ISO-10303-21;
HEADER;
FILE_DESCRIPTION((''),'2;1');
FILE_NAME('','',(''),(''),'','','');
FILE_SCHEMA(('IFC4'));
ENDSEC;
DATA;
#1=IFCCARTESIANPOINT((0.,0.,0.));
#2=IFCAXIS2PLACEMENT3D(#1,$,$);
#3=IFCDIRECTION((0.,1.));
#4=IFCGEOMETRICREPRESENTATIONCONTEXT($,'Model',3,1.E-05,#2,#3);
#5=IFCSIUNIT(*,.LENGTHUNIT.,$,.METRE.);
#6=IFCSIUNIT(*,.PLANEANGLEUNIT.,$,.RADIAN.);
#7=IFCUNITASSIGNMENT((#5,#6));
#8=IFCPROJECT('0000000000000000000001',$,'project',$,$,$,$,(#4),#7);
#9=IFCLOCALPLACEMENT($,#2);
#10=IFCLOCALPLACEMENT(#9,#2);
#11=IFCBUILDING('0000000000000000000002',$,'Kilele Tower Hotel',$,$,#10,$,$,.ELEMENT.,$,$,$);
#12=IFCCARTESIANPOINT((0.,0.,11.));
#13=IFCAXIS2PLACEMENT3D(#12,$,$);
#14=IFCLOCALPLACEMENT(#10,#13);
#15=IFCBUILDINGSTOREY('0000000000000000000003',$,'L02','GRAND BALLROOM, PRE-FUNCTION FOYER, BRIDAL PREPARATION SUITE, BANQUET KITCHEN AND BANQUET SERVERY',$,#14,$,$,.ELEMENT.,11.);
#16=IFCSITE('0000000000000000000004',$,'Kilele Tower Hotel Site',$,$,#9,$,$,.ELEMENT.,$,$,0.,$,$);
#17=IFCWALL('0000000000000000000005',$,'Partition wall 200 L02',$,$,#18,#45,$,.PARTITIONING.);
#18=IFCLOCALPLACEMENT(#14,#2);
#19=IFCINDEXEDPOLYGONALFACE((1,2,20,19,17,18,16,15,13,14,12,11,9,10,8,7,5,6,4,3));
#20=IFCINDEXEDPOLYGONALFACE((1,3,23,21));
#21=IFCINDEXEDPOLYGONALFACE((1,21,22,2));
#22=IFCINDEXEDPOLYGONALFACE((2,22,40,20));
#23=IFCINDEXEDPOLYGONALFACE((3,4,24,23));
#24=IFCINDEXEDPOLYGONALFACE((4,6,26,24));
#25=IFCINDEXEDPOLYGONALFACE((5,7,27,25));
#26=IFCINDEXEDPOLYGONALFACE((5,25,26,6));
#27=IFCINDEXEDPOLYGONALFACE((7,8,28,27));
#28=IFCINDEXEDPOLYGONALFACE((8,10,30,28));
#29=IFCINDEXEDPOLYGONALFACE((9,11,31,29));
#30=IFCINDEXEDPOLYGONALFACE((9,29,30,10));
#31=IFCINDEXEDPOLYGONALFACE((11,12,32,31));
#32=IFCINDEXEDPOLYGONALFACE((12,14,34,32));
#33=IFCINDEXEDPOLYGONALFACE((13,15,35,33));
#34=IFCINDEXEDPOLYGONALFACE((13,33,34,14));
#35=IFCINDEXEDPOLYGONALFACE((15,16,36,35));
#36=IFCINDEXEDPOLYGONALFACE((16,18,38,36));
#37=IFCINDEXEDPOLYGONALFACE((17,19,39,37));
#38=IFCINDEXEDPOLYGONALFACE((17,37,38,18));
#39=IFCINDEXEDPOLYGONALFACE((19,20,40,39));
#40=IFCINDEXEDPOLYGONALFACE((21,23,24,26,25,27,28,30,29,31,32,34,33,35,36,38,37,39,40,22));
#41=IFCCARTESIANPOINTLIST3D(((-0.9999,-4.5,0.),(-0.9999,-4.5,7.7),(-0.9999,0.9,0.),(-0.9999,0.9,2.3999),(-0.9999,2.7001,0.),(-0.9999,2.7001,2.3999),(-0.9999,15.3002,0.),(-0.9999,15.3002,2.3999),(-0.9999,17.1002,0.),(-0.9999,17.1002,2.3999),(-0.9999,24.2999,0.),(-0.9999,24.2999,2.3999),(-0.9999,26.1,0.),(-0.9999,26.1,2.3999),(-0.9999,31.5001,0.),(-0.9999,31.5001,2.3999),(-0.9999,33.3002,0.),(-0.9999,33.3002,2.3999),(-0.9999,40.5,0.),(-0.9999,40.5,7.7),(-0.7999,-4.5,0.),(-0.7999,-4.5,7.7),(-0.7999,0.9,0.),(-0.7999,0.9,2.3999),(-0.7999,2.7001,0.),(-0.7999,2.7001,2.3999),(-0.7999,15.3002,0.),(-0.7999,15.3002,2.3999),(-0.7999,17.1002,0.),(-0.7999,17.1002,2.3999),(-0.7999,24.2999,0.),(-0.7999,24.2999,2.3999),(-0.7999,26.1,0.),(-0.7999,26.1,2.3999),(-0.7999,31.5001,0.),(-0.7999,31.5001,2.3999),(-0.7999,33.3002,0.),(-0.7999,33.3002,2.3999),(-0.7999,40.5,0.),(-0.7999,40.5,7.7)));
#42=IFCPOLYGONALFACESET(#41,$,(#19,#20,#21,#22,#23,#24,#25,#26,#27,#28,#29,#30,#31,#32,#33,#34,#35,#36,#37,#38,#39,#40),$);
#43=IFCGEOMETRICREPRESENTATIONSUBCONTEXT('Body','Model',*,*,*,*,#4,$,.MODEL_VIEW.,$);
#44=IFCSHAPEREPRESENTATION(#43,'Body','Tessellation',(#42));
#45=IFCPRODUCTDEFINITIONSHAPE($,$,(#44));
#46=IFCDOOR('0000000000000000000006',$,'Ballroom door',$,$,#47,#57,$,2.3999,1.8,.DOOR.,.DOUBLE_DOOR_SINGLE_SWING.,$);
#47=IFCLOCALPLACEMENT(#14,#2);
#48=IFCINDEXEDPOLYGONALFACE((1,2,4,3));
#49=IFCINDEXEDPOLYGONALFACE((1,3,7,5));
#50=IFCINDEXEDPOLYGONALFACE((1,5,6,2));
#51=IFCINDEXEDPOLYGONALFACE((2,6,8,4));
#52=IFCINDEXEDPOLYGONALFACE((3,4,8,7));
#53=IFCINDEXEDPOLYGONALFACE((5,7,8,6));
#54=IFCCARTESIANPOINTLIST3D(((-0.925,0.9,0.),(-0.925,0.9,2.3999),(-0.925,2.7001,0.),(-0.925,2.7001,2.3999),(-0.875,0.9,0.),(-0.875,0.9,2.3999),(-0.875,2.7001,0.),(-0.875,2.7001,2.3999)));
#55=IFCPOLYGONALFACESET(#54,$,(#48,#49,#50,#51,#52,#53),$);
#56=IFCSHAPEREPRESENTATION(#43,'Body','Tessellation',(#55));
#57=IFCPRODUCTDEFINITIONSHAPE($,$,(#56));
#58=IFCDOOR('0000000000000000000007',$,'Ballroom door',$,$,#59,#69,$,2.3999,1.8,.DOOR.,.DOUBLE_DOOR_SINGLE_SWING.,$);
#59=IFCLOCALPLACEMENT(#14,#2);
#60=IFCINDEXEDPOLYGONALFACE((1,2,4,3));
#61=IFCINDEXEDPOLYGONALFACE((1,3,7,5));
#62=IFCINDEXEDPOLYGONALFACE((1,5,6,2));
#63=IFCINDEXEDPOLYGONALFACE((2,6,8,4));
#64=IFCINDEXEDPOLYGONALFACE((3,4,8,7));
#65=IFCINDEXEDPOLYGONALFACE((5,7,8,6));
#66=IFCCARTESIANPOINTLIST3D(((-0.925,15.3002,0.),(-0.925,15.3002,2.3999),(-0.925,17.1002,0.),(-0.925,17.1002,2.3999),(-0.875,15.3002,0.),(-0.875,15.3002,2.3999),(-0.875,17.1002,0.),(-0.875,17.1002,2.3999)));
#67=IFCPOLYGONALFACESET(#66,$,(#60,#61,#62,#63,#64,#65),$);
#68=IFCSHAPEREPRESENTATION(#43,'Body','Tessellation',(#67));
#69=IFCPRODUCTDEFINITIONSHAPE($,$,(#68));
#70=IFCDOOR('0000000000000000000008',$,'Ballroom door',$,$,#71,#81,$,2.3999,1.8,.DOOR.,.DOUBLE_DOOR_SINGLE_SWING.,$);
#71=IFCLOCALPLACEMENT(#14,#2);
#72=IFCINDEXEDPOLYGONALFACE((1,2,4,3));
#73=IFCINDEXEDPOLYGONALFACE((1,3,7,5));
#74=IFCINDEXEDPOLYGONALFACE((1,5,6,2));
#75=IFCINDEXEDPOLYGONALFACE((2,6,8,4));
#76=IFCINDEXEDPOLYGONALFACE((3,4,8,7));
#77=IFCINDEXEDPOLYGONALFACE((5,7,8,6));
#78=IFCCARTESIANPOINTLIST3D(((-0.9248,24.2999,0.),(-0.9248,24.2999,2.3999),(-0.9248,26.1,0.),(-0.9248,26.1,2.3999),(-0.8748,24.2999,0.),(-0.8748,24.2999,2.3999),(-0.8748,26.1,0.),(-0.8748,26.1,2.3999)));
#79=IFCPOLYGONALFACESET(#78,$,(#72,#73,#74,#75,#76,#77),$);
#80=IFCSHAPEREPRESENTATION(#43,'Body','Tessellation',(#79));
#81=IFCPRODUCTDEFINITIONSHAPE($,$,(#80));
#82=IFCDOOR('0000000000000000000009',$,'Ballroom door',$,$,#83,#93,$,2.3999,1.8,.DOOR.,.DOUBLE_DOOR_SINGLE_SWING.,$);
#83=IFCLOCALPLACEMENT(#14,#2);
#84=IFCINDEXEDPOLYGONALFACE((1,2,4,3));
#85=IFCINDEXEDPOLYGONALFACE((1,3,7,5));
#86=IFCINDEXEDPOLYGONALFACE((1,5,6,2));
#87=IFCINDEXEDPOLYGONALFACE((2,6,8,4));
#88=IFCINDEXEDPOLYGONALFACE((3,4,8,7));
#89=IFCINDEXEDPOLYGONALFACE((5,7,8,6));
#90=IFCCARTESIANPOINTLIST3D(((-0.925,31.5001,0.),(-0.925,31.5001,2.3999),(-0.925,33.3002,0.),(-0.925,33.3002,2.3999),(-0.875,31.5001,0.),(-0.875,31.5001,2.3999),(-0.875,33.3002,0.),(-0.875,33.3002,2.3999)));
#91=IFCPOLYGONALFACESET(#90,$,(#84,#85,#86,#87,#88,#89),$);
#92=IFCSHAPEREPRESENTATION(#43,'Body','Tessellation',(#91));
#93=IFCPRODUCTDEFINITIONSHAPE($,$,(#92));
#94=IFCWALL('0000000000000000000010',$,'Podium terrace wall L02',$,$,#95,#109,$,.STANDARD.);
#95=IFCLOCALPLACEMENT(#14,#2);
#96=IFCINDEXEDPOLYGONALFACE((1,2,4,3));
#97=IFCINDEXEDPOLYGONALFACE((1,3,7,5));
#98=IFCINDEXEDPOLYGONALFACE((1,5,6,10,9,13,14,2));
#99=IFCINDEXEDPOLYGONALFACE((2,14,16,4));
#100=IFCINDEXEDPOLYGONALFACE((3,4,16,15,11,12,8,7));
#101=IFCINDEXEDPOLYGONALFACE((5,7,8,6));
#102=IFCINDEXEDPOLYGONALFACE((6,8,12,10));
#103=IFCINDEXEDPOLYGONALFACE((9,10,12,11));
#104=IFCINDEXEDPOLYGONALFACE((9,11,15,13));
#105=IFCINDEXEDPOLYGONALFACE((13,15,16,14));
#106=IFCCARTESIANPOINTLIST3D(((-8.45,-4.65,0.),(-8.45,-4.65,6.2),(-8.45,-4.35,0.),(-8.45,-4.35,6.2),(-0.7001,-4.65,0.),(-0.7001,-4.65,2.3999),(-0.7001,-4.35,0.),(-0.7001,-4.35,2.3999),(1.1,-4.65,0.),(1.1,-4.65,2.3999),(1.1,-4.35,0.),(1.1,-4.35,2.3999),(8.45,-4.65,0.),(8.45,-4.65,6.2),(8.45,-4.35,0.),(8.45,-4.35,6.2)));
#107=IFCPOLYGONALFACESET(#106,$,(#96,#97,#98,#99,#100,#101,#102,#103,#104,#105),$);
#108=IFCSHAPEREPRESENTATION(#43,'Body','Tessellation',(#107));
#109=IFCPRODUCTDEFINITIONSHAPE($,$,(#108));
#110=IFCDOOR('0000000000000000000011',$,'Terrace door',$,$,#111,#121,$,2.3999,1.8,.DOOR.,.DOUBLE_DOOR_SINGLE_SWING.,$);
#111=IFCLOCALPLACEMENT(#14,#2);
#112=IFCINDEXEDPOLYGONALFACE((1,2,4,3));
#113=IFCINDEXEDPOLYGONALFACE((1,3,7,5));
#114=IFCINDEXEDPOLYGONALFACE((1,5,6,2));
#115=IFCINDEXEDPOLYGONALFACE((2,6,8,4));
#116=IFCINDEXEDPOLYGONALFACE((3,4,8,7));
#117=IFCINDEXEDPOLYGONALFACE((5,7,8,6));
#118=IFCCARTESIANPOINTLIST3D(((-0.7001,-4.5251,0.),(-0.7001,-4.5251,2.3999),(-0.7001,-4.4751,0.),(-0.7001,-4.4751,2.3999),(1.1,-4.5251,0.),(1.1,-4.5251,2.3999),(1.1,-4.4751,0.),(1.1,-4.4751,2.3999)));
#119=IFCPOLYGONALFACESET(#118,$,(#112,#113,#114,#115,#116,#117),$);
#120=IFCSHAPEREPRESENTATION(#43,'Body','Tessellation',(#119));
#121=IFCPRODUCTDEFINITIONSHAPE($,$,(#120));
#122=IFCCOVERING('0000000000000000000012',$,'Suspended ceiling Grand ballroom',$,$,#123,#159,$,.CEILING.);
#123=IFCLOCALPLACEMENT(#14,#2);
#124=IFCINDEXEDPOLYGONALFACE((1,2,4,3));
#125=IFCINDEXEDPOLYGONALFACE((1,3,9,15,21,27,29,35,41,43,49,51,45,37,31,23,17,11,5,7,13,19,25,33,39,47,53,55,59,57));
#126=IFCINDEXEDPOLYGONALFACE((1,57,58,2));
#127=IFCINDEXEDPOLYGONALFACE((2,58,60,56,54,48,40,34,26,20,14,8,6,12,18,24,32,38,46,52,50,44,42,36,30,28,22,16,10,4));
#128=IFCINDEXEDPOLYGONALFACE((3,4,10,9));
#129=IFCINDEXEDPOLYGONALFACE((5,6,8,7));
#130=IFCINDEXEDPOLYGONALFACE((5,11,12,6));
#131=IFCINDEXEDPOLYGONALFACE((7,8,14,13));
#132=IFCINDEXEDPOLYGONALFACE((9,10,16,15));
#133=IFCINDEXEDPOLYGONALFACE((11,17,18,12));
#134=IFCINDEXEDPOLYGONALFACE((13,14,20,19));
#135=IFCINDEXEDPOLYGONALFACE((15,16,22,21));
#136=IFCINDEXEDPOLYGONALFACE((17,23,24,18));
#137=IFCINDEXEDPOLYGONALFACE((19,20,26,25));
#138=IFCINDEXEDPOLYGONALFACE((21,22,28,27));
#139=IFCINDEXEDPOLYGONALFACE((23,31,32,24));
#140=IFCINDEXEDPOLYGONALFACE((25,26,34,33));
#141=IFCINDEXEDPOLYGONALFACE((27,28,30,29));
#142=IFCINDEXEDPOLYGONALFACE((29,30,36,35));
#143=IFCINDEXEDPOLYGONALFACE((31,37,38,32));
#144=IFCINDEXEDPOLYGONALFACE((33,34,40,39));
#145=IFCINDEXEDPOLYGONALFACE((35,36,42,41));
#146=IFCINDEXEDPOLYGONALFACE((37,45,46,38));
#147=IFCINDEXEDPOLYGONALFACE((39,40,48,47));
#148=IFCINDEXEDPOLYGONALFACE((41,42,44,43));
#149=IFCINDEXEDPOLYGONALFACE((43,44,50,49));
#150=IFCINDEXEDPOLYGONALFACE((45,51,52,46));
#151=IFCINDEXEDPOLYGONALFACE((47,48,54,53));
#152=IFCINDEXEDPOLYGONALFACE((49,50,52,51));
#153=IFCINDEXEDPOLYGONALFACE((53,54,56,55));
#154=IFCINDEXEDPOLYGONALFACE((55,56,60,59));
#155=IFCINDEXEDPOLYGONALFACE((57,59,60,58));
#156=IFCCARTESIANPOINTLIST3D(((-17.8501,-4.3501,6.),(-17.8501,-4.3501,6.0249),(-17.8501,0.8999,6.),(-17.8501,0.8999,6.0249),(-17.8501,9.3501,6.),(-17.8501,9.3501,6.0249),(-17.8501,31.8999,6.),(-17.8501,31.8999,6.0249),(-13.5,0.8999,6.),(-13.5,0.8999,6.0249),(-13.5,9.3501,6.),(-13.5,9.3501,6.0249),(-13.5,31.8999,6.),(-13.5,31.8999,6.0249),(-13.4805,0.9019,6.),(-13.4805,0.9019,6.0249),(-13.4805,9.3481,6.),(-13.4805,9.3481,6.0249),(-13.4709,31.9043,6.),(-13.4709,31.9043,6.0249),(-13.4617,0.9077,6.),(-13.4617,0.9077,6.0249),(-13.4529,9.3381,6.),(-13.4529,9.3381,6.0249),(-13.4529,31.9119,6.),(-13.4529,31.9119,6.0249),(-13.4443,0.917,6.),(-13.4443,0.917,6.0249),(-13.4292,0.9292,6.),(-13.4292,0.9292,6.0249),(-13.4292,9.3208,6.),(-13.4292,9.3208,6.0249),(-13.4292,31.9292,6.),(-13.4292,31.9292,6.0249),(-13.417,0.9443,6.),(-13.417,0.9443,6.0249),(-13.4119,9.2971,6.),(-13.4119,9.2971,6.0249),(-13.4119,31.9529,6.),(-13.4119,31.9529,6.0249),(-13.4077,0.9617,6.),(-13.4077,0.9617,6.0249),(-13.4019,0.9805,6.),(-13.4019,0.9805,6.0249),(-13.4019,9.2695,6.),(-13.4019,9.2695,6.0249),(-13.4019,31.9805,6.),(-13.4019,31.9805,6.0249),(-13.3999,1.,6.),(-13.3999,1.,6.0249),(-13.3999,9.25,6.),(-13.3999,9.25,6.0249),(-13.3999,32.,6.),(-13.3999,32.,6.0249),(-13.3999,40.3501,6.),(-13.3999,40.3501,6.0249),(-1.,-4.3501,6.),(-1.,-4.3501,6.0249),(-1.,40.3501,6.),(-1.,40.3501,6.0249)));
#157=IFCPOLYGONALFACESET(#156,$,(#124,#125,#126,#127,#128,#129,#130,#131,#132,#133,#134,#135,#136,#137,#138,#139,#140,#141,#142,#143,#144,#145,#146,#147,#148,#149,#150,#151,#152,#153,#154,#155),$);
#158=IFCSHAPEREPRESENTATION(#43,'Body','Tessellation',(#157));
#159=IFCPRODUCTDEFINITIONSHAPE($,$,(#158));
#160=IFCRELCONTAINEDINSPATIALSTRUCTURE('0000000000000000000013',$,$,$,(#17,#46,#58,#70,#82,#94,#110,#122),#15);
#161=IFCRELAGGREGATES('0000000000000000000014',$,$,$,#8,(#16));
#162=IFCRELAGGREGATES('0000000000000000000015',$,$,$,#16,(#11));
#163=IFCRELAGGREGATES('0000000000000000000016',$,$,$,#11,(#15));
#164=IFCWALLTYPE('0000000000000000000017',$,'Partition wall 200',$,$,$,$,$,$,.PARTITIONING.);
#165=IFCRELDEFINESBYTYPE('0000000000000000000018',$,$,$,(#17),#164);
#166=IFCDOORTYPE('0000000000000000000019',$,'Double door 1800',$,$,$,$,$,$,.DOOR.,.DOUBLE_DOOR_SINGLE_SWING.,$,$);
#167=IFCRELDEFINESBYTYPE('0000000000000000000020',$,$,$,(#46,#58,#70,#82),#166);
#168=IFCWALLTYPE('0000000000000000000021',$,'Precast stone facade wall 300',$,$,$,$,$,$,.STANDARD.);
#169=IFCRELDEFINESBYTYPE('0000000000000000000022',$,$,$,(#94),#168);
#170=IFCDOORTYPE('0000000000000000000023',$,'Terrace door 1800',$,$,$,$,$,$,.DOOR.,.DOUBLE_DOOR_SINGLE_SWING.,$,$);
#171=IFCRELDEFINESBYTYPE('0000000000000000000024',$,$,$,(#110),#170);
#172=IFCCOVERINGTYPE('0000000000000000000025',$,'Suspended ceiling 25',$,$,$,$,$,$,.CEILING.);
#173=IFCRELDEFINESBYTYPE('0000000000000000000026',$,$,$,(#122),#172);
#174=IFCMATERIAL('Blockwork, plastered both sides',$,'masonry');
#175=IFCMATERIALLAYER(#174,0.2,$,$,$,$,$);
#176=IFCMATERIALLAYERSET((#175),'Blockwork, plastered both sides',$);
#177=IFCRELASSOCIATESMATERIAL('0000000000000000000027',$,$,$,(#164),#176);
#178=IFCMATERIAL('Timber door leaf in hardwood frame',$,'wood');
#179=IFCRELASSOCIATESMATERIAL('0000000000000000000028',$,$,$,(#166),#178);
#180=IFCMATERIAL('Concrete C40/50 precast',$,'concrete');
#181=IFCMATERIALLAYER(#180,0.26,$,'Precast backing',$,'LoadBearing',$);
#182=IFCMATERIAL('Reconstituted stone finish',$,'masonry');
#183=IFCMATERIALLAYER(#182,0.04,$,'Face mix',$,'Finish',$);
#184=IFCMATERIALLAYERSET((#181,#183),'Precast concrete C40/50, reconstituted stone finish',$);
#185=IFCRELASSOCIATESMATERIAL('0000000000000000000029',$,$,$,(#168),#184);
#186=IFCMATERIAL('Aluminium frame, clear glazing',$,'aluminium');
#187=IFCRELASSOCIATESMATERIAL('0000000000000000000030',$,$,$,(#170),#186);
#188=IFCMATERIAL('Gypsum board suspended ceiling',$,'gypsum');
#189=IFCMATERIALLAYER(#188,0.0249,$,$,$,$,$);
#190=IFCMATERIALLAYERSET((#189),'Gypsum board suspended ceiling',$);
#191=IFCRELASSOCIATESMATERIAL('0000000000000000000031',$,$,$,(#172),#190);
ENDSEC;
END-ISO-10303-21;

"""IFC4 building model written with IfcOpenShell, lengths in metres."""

from ifc_helpers import new_model, si_unit, direction, frame, frame_2d, origin, place, context, subcontext, project, spatial, polyline, rectangle, outline, extrude, material, layer, layer_set, type_object, element, fill, save


model = new_model("IFC4")

# Units and contexts
model_context = context("Model", 3, precision=1e-05, world=origin(), true_north=direction((0.0, 1.0)))
body_context = subcontext(model_context, "Body", "Model", "MODEL_VIEW")
ifc_project = project(units=[si_unit("LENGTHUNIT", "METRE"), si_unit("PLANEANGLEUNIT", "RADIAN")], contexts=[model_context])

# Site, building, storey
site_placement = place(None, origin())
site = spatial("IfcSite", under=ifc_project, at=site_placement, Name="Kilele Tower Hotel Site", CompositionType="ELEMENT", RefElevation=0.0)
building_placement = place(site_placement, origin())
building = spatial("IfcBuilding", under=site, at=building_placement, Name="Kilele Tower Hotel", CompositionType="ELEMENT")
storey_placement = place(building_placement, frame((0.0, 0.0, 11.0)))
storey = spatial("IfcBuildingStorey", under=building, at=storey_placement, Name="L02", Description="GRAND BALLROOM, PRE-FUNCTION FOYER, BRIDAL PREPARATION SUITE, BANQUET KITCHEN AND BANQUET SERVERY", CompositionType="ELEMENT", Elevation=11.0)

# Wall, openings, doors
ifc_material_1 = material(Name="Blockwork, plastered both sides", Category="masonry")
ifc_layer_1 = layer(ifc_material_1, 0.2)
ifc_layer_set_1 = layer_set([ifc_layer_1], Name="Blockwork, plastered both sides")
wall_type_1 = type_object("IfcWallType", Name="Partition wall 200", PredefinedType="PARTITIONING", material=ifc_layer_set_1)
wall_1_placement = place(storey_placement, frame((-0.8999, -4.5, 0.0), z_axis=(0.0, 0.0, 1.0), x_axis=(0.0, 1.0, 0.0)))
wall_1 = element("IfcWall", 1, at=wall_1_placement, inside=storey, type_object=wall_type_1, Name="Partition wall 200 L02", PredefinedType="PARTITIONING", context=body_context, shape_type="SweptSolid", body=[
    extrude(rectangle(XDim=45.0, YDim=0.2, at=frame_2d((22.5, 0.0))), origin(), (0.0, 0.0, 1.0), 7.7),
])
opening_1_placement = place(wall_1_placement, frame((7.2, 0.0, 0.0), z_axis=(0.0, 0.0, 1.0), x_axis=(-1.0, 0.0, 0.0)))
opening_1 = element("IfcOpeningElement", 2, at=opening_1_placement, cuts=wall_1, PredefinedType="OPENING", context=body_context, shape_type="SweptSolid", body=[
    extrude(rectangle(XDim=1.8, YDim=2.3999, at=frame_2d((0.8999, 1.2))), frame((0.0, 0.1099, 0.0), z_axis=(0.0, -1.0, 0.0), x_axis=(1.0, 0.0, 0.0)), (0.0, 0.0, 1.0), 0.22),
])
opening_2_placement = place(wall_1_placement, frame((21.6001, 0.0, 0.0), z_axis=(0.0, 0.0, 1.0), x_axis=(-1.0, 0.0, 0.0)))
opening_2 = element("IfcOpeningElement", 3, at=opening_2_placement, cuts=wall_1, PredefinedType="OPENING", context=body_context, shape_type="SweptSolid", body=[
    extrude(rectangle(XDim=1.8, YDim=2.3999, at=frame_2d((0.8999, 1.2))), frame((0.0, 0.1099, 0.0), z_axis=(0.0, -1.0, 0.0), x_axis=(1.0, 0.0, 0.0)), (0.0, 0.0, 1.0), 0.22),
])
opening_3_placement = place(wall_1_placement, frame((28.8, 0.0, 0.0)))
opening_3 = element("IfcOpeningElement", 4, at=opening_3_placement, cuts=wall_1, PredefinedType="OPENING", context=body_context, shape_type="SweptSolid", body=[
    extrude(rectangle(XDim=1.8, YDim=2.3999, at=frame_2d((0.8999, 1.2))), frame((0.0, 0.1099, 0.0), z_axis=(0.0, -1.0, 0.0), x_axis=(1.0, 0.0, 0.0)), (0.0, 0.0, 1.0), 0.22),
])
opening_4_placement = place(wall_1_placement, frame((37.8, 0.0, 0.0), z_axis=(0.0, 0.0, 1.0), x_axis=(-1.0, 0.0, 0.0)))
opening_4 = element("IfcOpeningElement", 5, at=opening_4_placement, cuts=wall_1, PredefinedType="OPENING", context=body_context, shape_type="SweptSolid", body=[
    extrude(rectangle(XDim=1.8, YDim=2.3999, at=frame_2d((0.8999, 1.2))), frame((0.0, 0.1099, 0.0), z_axis=(0.0, -1.0, 0.0), x_axis=(1.0, 0.0, 0.0)), (0.0, 0.0, 1.0), 0.22),
])
ifc_material_2 = material(Name="Timber door leaf in hardwood frame", Category="wood")
door_type_1 = type_object("IfcDoorType", Name="Double door 1800", OperationType="DOUBLE_DOOR_SINGLE_SWING", PredefinedType="DOOR", material=ifc_material_2)
door_1_placement = place(opening_1_placement, origin())
door_1 = element("IfcDoor", 6, at=door_1_placement, inside=storey, type_object=door_type_1, Name="Ballroom door", OperationType="DOUBLE_DOOR_SINGLE_SWING", OverallHeight=2.3999, OverallWidth=1.8, PredefinedType="DOOR", context=body_context, shape_type="SweptSolid", body=[
    extrude(rectangle(XDim=1.8, YDim=2.3999, at=frame_2d((0.8999, 1.2))), frame((0.0, 0.0249, 0.0), z_axis=(0.0, -1.0, 0.0), x_axis=(1.0, 0.0, 0.0)), (0.0, 0.0, 1.0), 0.05),
])
fill(opening_1, door_1)
door_2_placement = place(opening_2_placement, origin())
door_2 = element("IfcDoor", 7, at=door_2_placement, inside=storey, type_object=door_type_1, Name="Ballroom door", OperationType="DOUBLE_DOOR_SINGLE_SWING", OverallHeight=2.3999, OverallWidth=1.8, PredefinedType="DOOR", context=body_context, shape_type="SweptSolid", body=[
    extrude(rectangle(XDim=1.8, YDim=2.3999, at=frame_2d((0.8999, 1.2))), frame((0.0, 0.0249, 0.0), z_axis=(0.0, -1.0, 0.0), x_axis=(1.0, 0.0, 0.0)), (0.0, 0.0, 1.0), 0.05),
])
fill(opening_2, door_2)
door_3_placement = place(opening_3_placement, origin())
door_3 = element("IfcDoor", 8, at=door_3_placement, inside=storey, type_object=door_type_1, Name="Ballroom door", OperationType="DOUBLE_DOOR_SINGLE_SWING", OverallHeight=2.3999, OverallWidth=1.8, PredefinedType="DOOR", context=body_context, shape_type="SweptSolid", body=[
    extrude(rectangle(XDim=1.8, YDim=2.3999, at=frame_2d((0.8999, 1.2))), frame((0.0, 0.0249, 0.0), z_axis=(0.0, -1.0, 0.0), x_axis=(1.0, 0.0, 0.0)), (0.0, 0.0, 1.0), 0.05),
])
fill(opening_3, door_3)
door_4_placement = place(opening_4_placement, origin())
door_4 = element("IfcDoor", 9, at=door_4_placement, inside=storey, type_object=door_type_1, Name="Ballroom door", OperationType="DOUBLE_DOOR_SINGLE_SWING", OverallHeight=2.3999, OverallWidth=1.8, PredefinedType="DOOR", context=body_context, shape_type="SweptSolid", body=[
    extrude(rectangle(XDim=1.8, YDim=2.3999, at=frame_2d((0.8999, 1.2))), frame((0.0, 0.0249, 0.0), z_axis=(0.0, -1.0, 0.0), x_axis=(1.0, 0.0, 0.0)), (0.0, 0.0, 1.0), 0.05),
])
fill(opening_4, door_4)

# Wall, opening, door
ifc_material_3 = material(Name="Concrete C40/50 precast", Category="concrete")
ifc_layer_2 = layer(ifc_material_3, 0.26, Name="Precast backing", Category="LoadBearing")
ifc_material_4 = material(Name="Reconstituted stone finish", Category="masonry")
ifc_layer_3 = layer(ifc_material_4, 0.04, Name="Face mix", Category="Finish")
ifc_layer_set_2 = layer_set([ifc_layer_2, ifc_layer_3], Name="Precast concrete C40/50, reconstituted stone finish")
wall_type_2 = type_object("IfcWallType", Name="Precast stone facade wall 300", PredefinedType="STANDARD", material=ifc_layer_set_2)
wall_2_placement = place(storey_placement, frame((-8.45, -4.5, 0.0), z_axis=(0.0, 0.0, 1.0), x_axis=(1.0, 0.0, 0.0)))
wall_2 = element("IfcWall", 10, at=wall_2_placement, inside=storey, type_object=wall_type_2, Name="Podium terrace wall L02", PredefinedType="STANDARD", context=body_context, shape_type="SweptSolid", body=[
    extrude(rectangle(XDim=16.8999, YDim=0.3, at=frame_2d((8.45, 0.0))), origin(), (0.0, 0.0, 1.0), 6.2),
])
opening_5_placement = place(wall_2_placement, frame((7.75, 0.0, 0.0)))
opening_5 = element("IfcOpeningElement", 11, at=opening_5_placement, cuts=wall_2, PredefinedType="OPENING", context=body_context, shape_type="SweptSolid", body=[
    extrude(rectangle(XDim=1.8, YDim=2.3999, at=frame_2d((0.8999, 1.2))), frame((0.0, 0.1599, 0.0), z_axis=(0.0, -1.0, 0.0), x_axis=(1.0, 0.0, 0.0)), (0.0, 0.0, 1.0), 0.3201),
])
ifc_material_5 = material(Name="Aluminium frame, clear glazing", Category="aluminium")
door_type_2 = type_object("IfcDoorType", Name="Terrace door 1800", OperationType="DOUBLE_DOOR_SINGLE_SWING", PredefinedType="DOOR", material=ifc_material_5)
door_5_placement = place(opening_5_placement, origin())
door_5 = element("IfcDoor", 12, at=door_5_placement, inside=storey, type_object=door_type_2, Name="Terrace door", OperationType="DOUBLE_DOOR_SINGLE_SWING", OverallHeight=2.3999, OverallWidth=1.8, PredefinedType="DOOR", context=body_context, shape_type="SweptSolid", body=[
    extrude(rectangle(XDim=1.8, YDim=2.3999, at=frame_2d((0.8999, 1.2))), frame((0.0, 0.0249, 0.0), z_axis=(0.0, -1.0, 0.0), x_axis=(1.0, 0.0, 0.0)), (0.0, 0.0, 1.0), 0.05),
])
fill(opening_5, door_5)

# Covering
ifc_material_6 = material(Name="Gypsum board suspended ceiling", Category="gypsum")
ifc_layer_4 = layer(ifc_material_6, 0.0249)
ifc_layer_set_3 = layer_set([ifc_layer_4], Name="Gypsum board suspended ceiling")
covering_type_1 = type_object("IfcCoveringType", Name="Suspended ceiling 25", PredefinedType="CEILING", material=ifc_layer_set_3)
covering_1_placement = place(storey_placement, frame((0.0, 0.0, 6.0)))
element("IfcCovering", 13, at=covering_1_placement, inside=storey, type_object=covering_type_1, Name="Suspended ceiling Grand ballroom", PredefinedType="CEILING", context=body_context, shape_type="SweptSolid", body=[
    extrude(outline(polyline([(-1.0, 40.3501), (-1.0, -4.3501), (-17.8501, -4.3501), (-17.8501, 0.8999), (-13.5, 0.8999), (-13.4805, 0.9019), (-13.4617, 0.9077), (-13.4443, 0.917), (-13.4292, 0.9292), (-13.417, 0.9443), (-13.4077, 0.9617), (-13.4019, 0.9805), (-13.3999, 1.0), (-13.3999, 9.25), (-13.4019, 9.2695), (-13.4119, 9.2971), (-13.4292, 9.3208), (-13.4529, 9.3381), (-13.4805, 9.3481), (-13.5, 9.3501), (-17.8501, 9.3501), (-17.8501, 31.8999), (-13.5, 31.8999), (-13.4709, 31.9043), (-13.4529, 31.9119), (-13.4292, 31.9292), (-13.4119, 31.9529), (-13.4019, 31.9805), (-13.3999, 32.0), (-13.3999, 40.3501), (-1.0, 40.3501)])), origin(), (0.0, 0.0, 1.0), 0.0249),
])

save(model, "model.ifc")
